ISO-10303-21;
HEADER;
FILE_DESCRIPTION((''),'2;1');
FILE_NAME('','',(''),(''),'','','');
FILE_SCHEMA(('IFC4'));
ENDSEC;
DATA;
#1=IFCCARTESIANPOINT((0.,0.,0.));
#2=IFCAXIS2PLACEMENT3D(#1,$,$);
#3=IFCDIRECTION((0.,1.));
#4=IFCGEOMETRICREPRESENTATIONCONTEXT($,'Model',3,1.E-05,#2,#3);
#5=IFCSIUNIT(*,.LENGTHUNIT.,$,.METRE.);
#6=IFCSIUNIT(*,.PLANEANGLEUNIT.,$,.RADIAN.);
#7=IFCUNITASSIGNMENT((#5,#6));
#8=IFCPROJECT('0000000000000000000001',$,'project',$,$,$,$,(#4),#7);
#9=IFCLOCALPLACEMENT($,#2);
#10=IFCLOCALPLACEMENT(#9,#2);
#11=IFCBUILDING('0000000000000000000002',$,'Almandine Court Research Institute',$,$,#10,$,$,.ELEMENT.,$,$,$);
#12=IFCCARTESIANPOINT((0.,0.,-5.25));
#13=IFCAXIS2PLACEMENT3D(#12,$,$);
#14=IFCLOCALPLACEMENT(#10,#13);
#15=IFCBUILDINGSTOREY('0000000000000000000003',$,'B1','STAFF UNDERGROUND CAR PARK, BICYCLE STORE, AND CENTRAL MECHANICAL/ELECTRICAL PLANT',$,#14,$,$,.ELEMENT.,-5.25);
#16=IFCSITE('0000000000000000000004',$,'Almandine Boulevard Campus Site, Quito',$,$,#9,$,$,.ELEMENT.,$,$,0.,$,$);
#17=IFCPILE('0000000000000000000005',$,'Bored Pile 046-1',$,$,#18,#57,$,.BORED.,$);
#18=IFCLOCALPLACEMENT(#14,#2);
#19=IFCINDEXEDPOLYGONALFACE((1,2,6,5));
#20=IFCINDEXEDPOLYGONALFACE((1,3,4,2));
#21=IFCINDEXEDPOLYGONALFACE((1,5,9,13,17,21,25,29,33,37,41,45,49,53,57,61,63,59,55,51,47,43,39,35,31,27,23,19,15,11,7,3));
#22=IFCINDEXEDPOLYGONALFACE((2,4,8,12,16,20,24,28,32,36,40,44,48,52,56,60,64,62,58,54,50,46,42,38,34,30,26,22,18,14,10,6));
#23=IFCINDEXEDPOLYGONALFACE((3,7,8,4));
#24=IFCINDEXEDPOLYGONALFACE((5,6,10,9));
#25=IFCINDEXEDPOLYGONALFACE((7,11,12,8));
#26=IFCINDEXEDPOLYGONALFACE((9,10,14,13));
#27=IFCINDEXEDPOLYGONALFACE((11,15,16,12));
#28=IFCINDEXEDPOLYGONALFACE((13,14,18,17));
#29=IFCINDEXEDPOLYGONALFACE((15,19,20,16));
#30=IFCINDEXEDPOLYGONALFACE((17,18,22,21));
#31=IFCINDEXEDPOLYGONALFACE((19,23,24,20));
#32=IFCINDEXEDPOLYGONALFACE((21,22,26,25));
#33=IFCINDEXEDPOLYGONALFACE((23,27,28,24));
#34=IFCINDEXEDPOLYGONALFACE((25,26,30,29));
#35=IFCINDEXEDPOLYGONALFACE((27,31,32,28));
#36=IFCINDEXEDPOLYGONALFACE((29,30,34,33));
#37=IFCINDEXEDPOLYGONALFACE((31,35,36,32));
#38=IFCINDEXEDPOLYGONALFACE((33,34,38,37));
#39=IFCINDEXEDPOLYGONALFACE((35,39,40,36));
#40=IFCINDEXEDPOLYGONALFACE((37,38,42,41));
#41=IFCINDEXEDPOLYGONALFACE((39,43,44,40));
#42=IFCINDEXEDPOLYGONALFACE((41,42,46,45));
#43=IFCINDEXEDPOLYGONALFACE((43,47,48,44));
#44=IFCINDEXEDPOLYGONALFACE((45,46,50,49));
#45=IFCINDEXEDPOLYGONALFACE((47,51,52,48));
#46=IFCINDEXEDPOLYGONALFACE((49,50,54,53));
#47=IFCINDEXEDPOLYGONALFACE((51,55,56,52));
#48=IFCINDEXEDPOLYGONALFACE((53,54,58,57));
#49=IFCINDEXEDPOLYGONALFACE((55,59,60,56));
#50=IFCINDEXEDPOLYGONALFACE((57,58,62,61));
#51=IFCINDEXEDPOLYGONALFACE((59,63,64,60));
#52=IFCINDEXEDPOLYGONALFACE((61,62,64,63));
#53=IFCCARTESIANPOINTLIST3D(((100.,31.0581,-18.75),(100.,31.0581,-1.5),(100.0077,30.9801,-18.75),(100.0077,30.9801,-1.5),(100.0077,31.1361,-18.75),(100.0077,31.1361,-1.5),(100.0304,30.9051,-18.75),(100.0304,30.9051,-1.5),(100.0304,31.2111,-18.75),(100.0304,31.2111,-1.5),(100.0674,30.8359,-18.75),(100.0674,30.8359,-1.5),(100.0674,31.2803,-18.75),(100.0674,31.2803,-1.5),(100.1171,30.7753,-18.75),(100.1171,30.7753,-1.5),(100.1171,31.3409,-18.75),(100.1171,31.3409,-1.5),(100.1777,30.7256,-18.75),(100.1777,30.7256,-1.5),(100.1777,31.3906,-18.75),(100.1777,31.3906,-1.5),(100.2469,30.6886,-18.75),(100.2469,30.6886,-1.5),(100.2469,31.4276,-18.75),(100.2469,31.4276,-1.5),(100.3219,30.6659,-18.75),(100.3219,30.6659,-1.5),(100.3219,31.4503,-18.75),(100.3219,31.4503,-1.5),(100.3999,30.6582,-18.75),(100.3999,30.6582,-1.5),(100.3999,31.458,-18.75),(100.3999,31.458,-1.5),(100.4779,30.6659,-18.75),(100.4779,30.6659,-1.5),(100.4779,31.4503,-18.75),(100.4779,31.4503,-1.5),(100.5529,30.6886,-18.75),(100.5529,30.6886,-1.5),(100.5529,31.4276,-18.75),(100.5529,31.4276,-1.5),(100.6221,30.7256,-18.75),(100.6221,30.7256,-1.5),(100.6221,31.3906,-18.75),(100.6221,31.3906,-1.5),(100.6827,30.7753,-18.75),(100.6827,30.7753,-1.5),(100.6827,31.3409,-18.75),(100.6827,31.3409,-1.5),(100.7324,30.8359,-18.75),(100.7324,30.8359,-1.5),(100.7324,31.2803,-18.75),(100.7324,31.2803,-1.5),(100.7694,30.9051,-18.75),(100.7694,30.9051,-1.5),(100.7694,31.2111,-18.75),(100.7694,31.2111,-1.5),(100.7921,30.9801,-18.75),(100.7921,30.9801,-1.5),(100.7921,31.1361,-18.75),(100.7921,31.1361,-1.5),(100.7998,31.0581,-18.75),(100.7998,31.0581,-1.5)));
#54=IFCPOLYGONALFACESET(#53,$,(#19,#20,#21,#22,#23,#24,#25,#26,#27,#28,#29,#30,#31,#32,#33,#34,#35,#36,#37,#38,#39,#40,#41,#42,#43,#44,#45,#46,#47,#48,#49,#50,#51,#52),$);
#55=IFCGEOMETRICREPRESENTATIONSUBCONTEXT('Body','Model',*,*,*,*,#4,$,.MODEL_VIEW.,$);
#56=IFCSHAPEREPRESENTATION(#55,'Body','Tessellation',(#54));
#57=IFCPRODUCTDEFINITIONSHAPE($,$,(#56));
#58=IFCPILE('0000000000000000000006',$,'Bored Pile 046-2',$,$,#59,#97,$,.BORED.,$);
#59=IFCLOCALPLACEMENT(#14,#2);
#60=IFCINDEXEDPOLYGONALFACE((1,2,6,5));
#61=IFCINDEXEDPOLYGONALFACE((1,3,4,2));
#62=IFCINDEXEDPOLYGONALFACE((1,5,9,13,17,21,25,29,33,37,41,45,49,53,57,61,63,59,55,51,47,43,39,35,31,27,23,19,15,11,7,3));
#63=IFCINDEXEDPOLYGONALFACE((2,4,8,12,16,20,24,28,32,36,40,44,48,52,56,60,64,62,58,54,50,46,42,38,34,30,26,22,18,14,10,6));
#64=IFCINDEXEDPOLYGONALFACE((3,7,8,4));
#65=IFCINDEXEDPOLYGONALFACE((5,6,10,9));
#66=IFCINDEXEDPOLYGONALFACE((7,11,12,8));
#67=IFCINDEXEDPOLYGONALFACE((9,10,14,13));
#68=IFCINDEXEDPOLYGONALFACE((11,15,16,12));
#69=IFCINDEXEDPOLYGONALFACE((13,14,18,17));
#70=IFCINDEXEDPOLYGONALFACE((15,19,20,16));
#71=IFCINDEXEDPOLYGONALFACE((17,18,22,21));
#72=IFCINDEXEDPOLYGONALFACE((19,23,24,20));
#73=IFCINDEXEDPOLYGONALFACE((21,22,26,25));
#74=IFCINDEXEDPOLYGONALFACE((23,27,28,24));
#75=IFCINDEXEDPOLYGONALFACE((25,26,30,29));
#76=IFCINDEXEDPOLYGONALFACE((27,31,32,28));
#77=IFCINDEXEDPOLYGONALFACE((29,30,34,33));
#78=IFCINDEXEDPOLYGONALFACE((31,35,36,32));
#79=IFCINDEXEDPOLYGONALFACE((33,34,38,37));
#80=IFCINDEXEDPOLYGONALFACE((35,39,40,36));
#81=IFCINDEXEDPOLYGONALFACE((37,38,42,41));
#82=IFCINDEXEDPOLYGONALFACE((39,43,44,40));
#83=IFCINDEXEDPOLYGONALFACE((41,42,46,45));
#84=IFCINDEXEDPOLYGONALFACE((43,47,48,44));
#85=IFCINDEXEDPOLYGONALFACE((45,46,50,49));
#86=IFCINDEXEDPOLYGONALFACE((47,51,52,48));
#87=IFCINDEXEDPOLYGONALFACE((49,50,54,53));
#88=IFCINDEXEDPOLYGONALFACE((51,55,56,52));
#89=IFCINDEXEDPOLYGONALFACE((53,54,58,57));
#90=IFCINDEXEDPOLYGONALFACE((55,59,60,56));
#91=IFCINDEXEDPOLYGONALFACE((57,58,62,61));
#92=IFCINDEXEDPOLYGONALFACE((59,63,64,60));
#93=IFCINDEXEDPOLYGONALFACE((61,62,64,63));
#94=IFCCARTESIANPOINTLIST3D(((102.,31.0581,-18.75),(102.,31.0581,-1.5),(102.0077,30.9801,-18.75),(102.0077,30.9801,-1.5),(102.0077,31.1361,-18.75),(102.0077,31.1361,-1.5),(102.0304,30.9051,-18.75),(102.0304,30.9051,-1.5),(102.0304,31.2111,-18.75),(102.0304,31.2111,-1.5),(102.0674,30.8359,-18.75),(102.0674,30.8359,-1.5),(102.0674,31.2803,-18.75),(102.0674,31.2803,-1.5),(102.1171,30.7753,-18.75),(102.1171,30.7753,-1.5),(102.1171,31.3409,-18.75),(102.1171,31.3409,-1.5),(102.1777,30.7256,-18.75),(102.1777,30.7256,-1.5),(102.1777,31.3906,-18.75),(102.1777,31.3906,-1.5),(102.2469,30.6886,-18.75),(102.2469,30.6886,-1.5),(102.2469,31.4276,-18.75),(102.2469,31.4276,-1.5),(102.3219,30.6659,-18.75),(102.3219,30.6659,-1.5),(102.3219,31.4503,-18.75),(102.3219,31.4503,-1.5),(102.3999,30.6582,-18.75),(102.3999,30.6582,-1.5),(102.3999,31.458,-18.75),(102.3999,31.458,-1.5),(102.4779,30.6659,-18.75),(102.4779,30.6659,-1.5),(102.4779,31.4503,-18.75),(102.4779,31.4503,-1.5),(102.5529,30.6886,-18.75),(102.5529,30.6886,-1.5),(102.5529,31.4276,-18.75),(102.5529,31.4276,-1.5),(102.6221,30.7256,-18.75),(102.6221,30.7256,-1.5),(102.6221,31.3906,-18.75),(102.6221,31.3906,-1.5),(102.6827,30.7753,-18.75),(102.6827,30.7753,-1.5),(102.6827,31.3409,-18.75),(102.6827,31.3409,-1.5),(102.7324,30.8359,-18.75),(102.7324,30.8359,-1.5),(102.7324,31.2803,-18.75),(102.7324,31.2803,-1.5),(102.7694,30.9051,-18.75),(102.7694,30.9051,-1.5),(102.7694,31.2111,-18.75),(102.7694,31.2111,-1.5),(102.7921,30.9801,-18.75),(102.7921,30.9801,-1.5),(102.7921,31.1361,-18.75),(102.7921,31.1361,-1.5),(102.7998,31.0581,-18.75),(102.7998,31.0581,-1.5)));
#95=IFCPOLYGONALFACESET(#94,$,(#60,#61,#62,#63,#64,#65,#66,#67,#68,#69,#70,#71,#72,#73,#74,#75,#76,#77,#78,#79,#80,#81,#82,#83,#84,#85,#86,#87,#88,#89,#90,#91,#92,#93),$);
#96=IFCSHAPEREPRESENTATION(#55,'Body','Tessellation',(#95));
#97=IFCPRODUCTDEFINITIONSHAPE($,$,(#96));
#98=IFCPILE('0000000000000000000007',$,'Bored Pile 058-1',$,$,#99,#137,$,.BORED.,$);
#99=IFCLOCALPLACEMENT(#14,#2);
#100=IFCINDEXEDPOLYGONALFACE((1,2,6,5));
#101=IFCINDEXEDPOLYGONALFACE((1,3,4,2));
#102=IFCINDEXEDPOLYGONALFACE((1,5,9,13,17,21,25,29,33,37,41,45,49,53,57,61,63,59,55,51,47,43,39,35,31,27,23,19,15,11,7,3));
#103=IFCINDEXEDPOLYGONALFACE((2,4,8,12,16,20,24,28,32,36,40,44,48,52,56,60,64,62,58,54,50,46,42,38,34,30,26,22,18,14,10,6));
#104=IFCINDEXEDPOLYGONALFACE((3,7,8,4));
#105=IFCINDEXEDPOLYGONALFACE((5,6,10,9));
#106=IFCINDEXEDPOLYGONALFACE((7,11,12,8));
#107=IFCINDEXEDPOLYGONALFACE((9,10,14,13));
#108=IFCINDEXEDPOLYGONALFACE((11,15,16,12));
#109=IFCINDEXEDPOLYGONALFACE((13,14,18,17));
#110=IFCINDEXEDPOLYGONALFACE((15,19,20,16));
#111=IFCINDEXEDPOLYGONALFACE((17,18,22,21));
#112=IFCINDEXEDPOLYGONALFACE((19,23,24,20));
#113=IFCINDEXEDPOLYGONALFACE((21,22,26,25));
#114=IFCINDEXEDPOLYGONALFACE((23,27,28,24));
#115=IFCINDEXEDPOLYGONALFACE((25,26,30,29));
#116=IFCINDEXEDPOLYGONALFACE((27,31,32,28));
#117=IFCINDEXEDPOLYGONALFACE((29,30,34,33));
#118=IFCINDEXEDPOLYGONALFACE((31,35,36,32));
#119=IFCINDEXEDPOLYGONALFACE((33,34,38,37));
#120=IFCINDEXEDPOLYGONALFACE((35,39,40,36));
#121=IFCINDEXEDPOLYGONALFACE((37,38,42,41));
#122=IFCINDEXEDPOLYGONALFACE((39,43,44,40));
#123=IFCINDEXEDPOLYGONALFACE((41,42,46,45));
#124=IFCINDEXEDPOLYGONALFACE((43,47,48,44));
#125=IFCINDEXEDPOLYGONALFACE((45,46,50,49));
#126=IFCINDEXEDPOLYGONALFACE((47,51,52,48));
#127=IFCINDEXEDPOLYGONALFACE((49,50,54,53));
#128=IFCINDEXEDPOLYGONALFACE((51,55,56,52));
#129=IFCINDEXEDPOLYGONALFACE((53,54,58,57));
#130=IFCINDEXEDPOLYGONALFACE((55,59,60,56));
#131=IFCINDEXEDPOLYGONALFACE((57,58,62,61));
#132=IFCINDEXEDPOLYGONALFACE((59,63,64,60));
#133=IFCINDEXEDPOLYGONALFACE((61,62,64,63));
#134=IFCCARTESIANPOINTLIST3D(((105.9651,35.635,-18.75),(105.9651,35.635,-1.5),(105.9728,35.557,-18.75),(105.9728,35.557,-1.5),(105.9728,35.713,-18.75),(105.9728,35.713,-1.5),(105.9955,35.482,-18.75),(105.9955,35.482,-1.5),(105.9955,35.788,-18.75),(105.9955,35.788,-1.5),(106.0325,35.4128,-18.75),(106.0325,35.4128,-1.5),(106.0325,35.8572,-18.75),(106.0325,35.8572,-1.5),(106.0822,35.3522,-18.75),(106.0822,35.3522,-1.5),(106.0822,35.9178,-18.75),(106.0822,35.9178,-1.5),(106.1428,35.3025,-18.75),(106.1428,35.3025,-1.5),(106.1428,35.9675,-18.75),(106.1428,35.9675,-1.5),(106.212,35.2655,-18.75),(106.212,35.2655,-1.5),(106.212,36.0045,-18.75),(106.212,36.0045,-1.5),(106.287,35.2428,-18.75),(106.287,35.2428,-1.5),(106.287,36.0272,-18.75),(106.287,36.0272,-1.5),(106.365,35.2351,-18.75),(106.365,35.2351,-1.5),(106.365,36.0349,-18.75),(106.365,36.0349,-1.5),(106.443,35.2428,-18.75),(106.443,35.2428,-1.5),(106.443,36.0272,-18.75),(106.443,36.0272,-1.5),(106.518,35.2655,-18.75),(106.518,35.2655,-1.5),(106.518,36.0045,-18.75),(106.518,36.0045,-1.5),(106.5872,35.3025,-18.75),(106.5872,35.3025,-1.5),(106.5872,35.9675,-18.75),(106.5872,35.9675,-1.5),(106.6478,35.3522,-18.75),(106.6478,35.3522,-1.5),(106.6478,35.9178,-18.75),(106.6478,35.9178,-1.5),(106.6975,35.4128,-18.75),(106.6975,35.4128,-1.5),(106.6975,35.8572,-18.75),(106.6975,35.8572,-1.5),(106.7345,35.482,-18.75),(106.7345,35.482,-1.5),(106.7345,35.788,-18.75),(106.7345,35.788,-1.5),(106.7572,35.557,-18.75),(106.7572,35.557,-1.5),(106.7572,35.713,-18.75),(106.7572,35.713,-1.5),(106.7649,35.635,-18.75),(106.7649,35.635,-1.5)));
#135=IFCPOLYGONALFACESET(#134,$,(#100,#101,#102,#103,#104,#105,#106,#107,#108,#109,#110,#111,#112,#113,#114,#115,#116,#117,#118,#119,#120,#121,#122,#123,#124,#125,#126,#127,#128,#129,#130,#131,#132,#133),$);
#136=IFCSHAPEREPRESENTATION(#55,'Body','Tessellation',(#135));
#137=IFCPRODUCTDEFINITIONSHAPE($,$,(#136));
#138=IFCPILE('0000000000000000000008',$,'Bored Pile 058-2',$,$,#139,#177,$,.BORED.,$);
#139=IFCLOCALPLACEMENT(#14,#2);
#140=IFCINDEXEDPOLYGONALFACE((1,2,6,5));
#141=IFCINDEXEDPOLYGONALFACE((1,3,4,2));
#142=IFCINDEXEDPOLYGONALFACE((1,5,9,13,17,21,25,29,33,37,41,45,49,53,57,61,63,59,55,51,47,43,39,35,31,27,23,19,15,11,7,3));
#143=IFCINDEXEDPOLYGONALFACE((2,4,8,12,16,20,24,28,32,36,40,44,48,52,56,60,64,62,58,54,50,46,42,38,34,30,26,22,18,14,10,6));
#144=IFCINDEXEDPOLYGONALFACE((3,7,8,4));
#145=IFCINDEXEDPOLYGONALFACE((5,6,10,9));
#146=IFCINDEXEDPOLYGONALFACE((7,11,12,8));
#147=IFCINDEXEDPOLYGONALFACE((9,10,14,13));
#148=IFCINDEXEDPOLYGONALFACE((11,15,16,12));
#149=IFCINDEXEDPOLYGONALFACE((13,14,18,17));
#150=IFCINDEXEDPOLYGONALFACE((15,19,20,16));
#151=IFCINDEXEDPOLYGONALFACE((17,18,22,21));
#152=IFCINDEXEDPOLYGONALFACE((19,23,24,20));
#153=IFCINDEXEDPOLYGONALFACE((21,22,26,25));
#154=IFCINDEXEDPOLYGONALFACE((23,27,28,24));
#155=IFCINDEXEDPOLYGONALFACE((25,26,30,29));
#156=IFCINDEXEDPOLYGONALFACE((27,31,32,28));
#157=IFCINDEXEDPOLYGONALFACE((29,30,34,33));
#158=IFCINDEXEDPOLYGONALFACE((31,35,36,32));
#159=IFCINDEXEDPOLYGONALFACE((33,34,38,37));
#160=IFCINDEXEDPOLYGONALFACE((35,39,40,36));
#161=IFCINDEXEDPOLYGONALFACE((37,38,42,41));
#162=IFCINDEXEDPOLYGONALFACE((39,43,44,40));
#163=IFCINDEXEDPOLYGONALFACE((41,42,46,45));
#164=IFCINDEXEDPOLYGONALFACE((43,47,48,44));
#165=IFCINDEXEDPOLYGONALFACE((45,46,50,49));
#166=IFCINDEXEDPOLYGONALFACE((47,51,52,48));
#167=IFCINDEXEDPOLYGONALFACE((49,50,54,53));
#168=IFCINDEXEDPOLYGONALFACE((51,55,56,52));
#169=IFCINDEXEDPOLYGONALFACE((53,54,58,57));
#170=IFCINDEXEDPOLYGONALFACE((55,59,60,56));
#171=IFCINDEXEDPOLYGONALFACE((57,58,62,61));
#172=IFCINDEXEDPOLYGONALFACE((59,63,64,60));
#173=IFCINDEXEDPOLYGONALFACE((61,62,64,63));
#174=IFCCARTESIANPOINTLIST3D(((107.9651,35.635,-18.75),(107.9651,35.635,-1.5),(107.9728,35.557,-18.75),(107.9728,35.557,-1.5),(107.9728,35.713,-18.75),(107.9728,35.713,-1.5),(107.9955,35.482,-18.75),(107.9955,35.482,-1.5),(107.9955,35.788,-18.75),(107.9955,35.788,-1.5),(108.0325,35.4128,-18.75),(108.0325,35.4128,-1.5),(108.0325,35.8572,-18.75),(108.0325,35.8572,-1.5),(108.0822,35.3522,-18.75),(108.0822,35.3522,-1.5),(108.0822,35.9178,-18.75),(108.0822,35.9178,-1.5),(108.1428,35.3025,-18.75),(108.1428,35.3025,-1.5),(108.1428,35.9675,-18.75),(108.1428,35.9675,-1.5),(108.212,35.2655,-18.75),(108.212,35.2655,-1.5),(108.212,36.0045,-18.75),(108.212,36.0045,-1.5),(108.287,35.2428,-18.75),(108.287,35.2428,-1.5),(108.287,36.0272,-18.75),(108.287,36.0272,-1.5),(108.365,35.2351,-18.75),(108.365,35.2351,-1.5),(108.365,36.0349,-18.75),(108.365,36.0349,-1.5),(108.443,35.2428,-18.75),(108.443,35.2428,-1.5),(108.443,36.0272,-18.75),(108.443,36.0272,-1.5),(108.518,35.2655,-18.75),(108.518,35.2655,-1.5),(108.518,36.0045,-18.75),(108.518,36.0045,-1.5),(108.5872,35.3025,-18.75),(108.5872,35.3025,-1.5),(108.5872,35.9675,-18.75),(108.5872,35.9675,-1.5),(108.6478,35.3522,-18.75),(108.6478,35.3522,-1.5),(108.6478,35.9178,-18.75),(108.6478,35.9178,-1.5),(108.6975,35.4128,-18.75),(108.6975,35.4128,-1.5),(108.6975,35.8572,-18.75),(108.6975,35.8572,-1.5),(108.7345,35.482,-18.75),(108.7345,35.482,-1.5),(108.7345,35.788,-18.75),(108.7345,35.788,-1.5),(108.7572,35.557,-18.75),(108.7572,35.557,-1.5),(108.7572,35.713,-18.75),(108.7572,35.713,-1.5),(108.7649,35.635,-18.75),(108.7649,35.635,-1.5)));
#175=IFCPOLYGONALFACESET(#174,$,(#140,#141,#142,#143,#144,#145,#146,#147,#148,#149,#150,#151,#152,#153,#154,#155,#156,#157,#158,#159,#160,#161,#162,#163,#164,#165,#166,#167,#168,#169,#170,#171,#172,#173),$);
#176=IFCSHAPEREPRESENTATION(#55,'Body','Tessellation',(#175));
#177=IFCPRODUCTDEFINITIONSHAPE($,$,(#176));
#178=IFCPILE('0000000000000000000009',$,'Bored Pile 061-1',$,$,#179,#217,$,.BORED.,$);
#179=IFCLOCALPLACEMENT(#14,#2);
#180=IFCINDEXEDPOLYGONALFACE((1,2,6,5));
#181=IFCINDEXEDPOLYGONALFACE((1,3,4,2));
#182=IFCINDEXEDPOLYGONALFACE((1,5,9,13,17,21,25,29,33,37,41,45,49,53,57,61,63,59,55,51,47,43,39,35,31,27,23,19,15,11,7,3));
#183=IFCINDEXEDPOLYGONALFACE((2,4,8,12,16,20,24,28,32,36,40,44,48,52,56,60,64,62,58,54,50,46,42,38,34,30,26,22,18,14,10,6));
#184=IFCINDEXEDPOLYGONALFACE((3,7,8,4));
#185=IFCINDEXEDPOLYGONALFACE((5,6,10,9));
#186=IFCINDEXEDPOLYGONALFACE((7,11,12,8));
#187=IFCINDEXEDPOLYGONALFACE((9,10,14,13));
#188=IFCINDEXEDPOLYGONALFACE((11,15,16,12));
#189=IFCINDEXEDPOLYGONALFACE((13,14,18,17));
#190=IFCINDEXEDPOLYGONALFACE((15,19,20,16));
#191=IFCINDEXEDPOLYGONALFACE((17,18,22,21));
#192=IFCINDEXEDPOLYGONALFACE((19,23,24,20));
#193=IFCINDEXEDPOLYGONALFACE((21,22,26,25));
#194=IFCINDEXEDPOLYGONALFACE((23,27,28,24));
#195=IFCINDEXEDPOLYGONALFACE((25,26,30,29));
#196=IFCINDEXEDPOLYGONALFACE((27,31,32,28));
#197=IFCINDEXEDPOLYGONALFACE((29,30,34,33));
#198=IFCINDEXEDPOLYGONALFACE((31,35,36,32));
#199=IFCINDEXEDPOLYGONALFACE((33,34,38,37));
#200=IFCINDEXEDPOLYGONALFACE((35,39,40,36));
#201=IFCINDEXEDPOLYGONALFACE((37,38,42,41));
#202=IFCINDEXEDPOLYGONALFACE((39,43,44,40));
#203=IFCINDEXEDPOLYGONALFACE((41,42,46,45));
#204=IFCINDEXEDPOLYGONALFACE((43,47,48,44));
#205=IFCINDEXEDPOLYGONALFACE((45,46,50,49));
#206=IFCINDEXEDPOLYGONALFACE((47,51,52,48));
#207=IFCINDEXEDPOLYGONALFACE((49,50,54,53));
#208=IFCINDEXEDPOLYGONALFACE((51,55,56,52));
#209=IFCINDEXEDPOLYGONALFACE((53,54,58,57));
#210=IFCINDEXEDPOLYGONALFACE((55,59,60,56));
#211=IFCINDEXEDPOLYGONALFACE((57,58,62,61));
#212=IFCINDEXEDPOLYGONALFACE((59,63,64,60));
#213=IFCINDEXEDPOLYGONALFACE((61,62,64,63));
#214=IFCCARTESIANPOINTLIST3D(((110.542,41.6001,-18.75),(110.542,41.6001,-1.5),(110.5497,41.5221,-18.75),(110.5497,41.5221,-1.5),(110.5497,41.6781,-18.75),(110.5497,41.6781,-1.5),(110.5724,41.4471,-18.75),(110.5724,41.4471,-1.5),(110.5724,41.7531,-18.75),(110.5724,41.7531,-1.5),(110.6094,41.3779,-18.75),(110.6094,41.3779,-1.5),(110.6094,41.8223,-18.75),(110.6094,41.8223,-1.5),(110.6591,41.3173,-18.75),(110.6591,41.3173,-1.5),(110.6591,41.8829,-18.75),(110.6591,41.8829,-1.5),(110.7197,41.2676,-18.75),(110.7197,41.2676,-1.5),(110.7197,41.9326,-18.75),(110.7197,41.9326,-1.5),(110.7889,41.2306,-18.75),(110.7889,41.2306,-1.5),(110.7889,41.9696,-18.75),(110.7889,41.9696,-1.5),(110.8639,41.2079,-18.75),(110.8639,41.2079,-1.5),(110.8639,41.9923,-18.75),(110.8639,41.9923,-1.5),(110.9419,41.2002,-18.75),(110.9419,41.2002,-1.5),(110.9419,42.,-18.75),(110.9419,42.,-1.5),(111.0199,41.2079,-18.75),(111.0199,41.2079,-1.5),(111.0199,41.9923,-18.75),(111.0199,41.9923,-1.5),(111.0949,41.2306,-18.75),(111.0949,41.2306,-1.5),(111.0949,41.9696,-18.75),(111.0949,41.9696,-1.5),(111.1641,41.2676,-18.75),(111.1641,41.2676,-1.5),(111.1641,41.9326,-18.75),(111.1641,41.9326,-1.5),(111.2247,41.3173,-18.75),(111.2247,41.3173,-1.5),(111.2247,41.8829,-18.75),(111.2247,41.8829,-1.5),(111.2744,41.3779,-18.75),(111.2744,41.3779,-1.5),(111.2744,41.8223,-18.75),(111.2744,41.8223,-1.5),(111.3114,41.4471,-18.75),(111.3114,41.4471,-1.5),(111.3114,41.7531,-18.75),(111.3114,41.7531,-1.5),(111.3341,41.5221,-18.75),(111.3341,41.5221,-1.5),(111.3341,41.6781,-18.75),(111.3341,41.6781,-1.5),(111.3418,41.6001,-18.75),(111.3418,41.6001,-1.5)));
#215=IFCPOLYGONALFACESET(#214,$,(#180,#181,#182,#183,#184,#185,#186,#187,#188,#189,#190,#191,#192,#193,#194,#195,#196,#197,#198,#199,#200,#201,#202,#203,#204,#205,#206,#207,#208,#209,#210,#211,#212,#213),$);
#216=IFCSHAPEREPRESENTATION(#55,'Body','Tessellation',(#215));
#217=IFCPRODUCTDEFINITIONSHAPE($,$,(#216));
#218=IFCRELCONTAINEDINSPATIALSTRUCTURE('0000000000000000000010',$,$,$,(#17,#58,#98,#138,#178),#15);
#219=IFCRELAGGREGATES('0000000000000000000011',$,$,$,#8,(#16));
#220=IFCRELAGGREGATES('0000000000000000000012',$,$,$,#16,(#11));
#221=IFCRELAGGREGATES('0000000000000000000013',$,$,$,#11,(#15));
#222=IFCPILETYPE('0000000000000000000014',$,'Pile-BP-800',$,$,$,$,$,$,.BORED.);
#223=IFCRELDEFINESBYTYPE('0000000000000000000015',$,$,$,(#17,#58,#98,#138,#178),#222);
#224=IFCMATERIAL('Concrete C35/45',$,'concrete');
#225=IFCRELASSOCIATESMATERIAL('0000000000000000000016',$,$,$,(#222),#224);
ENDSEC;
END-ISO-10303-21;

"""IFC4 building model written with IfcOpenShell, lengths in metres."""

from ifc_helpers import new_model, si_unit, direction, frame, origin, origin_2d, place, context, subcontext, project, spatial, circle, extrude, material, material_profile, profile_set, type_object, element, save


model = new_model("IFC4")

# Units and contexts
model_context = context("Model", 3, precision=1e-05, world=origin(), true_north=direction((0.0, 1.0)))
body_context = subcontext(model_context, "Body", "Model", "MODEL_VIEW")
ifc_project = project(units=[si_unit("LENGTHUNIT", "METRE"), si_unit("PLANEANGLEUNIT", "RADIAN")], contexts=[model_context])

# Site, building, storey
site_placement = place(None, origin())
site = spatial("IfcSite", under=ifc_project, at=site_placement, Name="Almandine Boulevard Campus Site, Quito", CompositionType="ELEMENT", RefElevation=0.0)
building_placement = place(site_placement, origin())
building = spatial("IfcBuilding", under=site, at=building_placement, Name="Almandine Court Research Institute", CompositionType="ELEMENT")
storey_placement = place(building_placement, frame((0.0, 0.0, -5.25)))
storey = spatial("IfcBuildingStorey", under=building, at=storey_placement, Name="B1", Description="STAFF UNDERGROUND CAR PARK, BICYCLE STORE, AND CENTRAL MECHANICAL/ELECTRICAL PLANT", CompositionType="ELEMENT", Elevation=-5.25)

# Shared definitions
ifc_material_1 = material(Name="Concrete C35/45", Category="concrete")

# Piles
ifc_material_profile_1 = material_profile(ifc_material_1, circle(Radius=0.3999, at=origin_2d()), Name="BORED PILE D800")
ifc_profile_set_1 = profile_set([ifc_material_profile_1], Name="Concrete C35/45")
pile_type_1 = type_object("IfcPileType", Name="Pile-BP-800", PredefinedType="BORED", material=ifc_profile_set_1)
for number, where, z_axis, x_axis, name in (
    (1, (100.3999, 31.0581, -1.5), (0.0, 0.0, -1.0), (1.0, 0.0, 0.0), "Bored Pile 046-1"),
    (2, (102.3999, 31.0581, -1.5), (0.0, 0.0, -1.0), (1.0, 0.0, 0.0), "Bored Pile 046-2"),
    (3, (106.365, 35.635, -1.5), (0.0, 0.0, -1.0), (1.0, 0.0, 0.0), "Bored Pile 058-1"),
    (4, (108.365, 35.635, -1.5), (0.0, 0.0, -1.0), (1.0, 0.0, 0.0), "Bored Pile 058-2"),
    (5, (110.9419, 41.6001, -1.5), (0.0, 0.0, -1.0), (1.0, 0.0, 0.0), "Bored Pile 061-1"),
):
    element("IfcPile", number, at=place(storey_placement, frame(where, z_axis=z_axis, x_axis=x_axis)), inside=storey, type_object=pile_type_1, Name=name, PredefinedType="BORED", context=body_context, shape_type="SweptSolid", body=[
        extrude(circle(Radius=0.3999, at=origin_2d()), origin(), (0.0, 0.0, 1.0), 17.25),
    ])

save(model, "model.ifc")
